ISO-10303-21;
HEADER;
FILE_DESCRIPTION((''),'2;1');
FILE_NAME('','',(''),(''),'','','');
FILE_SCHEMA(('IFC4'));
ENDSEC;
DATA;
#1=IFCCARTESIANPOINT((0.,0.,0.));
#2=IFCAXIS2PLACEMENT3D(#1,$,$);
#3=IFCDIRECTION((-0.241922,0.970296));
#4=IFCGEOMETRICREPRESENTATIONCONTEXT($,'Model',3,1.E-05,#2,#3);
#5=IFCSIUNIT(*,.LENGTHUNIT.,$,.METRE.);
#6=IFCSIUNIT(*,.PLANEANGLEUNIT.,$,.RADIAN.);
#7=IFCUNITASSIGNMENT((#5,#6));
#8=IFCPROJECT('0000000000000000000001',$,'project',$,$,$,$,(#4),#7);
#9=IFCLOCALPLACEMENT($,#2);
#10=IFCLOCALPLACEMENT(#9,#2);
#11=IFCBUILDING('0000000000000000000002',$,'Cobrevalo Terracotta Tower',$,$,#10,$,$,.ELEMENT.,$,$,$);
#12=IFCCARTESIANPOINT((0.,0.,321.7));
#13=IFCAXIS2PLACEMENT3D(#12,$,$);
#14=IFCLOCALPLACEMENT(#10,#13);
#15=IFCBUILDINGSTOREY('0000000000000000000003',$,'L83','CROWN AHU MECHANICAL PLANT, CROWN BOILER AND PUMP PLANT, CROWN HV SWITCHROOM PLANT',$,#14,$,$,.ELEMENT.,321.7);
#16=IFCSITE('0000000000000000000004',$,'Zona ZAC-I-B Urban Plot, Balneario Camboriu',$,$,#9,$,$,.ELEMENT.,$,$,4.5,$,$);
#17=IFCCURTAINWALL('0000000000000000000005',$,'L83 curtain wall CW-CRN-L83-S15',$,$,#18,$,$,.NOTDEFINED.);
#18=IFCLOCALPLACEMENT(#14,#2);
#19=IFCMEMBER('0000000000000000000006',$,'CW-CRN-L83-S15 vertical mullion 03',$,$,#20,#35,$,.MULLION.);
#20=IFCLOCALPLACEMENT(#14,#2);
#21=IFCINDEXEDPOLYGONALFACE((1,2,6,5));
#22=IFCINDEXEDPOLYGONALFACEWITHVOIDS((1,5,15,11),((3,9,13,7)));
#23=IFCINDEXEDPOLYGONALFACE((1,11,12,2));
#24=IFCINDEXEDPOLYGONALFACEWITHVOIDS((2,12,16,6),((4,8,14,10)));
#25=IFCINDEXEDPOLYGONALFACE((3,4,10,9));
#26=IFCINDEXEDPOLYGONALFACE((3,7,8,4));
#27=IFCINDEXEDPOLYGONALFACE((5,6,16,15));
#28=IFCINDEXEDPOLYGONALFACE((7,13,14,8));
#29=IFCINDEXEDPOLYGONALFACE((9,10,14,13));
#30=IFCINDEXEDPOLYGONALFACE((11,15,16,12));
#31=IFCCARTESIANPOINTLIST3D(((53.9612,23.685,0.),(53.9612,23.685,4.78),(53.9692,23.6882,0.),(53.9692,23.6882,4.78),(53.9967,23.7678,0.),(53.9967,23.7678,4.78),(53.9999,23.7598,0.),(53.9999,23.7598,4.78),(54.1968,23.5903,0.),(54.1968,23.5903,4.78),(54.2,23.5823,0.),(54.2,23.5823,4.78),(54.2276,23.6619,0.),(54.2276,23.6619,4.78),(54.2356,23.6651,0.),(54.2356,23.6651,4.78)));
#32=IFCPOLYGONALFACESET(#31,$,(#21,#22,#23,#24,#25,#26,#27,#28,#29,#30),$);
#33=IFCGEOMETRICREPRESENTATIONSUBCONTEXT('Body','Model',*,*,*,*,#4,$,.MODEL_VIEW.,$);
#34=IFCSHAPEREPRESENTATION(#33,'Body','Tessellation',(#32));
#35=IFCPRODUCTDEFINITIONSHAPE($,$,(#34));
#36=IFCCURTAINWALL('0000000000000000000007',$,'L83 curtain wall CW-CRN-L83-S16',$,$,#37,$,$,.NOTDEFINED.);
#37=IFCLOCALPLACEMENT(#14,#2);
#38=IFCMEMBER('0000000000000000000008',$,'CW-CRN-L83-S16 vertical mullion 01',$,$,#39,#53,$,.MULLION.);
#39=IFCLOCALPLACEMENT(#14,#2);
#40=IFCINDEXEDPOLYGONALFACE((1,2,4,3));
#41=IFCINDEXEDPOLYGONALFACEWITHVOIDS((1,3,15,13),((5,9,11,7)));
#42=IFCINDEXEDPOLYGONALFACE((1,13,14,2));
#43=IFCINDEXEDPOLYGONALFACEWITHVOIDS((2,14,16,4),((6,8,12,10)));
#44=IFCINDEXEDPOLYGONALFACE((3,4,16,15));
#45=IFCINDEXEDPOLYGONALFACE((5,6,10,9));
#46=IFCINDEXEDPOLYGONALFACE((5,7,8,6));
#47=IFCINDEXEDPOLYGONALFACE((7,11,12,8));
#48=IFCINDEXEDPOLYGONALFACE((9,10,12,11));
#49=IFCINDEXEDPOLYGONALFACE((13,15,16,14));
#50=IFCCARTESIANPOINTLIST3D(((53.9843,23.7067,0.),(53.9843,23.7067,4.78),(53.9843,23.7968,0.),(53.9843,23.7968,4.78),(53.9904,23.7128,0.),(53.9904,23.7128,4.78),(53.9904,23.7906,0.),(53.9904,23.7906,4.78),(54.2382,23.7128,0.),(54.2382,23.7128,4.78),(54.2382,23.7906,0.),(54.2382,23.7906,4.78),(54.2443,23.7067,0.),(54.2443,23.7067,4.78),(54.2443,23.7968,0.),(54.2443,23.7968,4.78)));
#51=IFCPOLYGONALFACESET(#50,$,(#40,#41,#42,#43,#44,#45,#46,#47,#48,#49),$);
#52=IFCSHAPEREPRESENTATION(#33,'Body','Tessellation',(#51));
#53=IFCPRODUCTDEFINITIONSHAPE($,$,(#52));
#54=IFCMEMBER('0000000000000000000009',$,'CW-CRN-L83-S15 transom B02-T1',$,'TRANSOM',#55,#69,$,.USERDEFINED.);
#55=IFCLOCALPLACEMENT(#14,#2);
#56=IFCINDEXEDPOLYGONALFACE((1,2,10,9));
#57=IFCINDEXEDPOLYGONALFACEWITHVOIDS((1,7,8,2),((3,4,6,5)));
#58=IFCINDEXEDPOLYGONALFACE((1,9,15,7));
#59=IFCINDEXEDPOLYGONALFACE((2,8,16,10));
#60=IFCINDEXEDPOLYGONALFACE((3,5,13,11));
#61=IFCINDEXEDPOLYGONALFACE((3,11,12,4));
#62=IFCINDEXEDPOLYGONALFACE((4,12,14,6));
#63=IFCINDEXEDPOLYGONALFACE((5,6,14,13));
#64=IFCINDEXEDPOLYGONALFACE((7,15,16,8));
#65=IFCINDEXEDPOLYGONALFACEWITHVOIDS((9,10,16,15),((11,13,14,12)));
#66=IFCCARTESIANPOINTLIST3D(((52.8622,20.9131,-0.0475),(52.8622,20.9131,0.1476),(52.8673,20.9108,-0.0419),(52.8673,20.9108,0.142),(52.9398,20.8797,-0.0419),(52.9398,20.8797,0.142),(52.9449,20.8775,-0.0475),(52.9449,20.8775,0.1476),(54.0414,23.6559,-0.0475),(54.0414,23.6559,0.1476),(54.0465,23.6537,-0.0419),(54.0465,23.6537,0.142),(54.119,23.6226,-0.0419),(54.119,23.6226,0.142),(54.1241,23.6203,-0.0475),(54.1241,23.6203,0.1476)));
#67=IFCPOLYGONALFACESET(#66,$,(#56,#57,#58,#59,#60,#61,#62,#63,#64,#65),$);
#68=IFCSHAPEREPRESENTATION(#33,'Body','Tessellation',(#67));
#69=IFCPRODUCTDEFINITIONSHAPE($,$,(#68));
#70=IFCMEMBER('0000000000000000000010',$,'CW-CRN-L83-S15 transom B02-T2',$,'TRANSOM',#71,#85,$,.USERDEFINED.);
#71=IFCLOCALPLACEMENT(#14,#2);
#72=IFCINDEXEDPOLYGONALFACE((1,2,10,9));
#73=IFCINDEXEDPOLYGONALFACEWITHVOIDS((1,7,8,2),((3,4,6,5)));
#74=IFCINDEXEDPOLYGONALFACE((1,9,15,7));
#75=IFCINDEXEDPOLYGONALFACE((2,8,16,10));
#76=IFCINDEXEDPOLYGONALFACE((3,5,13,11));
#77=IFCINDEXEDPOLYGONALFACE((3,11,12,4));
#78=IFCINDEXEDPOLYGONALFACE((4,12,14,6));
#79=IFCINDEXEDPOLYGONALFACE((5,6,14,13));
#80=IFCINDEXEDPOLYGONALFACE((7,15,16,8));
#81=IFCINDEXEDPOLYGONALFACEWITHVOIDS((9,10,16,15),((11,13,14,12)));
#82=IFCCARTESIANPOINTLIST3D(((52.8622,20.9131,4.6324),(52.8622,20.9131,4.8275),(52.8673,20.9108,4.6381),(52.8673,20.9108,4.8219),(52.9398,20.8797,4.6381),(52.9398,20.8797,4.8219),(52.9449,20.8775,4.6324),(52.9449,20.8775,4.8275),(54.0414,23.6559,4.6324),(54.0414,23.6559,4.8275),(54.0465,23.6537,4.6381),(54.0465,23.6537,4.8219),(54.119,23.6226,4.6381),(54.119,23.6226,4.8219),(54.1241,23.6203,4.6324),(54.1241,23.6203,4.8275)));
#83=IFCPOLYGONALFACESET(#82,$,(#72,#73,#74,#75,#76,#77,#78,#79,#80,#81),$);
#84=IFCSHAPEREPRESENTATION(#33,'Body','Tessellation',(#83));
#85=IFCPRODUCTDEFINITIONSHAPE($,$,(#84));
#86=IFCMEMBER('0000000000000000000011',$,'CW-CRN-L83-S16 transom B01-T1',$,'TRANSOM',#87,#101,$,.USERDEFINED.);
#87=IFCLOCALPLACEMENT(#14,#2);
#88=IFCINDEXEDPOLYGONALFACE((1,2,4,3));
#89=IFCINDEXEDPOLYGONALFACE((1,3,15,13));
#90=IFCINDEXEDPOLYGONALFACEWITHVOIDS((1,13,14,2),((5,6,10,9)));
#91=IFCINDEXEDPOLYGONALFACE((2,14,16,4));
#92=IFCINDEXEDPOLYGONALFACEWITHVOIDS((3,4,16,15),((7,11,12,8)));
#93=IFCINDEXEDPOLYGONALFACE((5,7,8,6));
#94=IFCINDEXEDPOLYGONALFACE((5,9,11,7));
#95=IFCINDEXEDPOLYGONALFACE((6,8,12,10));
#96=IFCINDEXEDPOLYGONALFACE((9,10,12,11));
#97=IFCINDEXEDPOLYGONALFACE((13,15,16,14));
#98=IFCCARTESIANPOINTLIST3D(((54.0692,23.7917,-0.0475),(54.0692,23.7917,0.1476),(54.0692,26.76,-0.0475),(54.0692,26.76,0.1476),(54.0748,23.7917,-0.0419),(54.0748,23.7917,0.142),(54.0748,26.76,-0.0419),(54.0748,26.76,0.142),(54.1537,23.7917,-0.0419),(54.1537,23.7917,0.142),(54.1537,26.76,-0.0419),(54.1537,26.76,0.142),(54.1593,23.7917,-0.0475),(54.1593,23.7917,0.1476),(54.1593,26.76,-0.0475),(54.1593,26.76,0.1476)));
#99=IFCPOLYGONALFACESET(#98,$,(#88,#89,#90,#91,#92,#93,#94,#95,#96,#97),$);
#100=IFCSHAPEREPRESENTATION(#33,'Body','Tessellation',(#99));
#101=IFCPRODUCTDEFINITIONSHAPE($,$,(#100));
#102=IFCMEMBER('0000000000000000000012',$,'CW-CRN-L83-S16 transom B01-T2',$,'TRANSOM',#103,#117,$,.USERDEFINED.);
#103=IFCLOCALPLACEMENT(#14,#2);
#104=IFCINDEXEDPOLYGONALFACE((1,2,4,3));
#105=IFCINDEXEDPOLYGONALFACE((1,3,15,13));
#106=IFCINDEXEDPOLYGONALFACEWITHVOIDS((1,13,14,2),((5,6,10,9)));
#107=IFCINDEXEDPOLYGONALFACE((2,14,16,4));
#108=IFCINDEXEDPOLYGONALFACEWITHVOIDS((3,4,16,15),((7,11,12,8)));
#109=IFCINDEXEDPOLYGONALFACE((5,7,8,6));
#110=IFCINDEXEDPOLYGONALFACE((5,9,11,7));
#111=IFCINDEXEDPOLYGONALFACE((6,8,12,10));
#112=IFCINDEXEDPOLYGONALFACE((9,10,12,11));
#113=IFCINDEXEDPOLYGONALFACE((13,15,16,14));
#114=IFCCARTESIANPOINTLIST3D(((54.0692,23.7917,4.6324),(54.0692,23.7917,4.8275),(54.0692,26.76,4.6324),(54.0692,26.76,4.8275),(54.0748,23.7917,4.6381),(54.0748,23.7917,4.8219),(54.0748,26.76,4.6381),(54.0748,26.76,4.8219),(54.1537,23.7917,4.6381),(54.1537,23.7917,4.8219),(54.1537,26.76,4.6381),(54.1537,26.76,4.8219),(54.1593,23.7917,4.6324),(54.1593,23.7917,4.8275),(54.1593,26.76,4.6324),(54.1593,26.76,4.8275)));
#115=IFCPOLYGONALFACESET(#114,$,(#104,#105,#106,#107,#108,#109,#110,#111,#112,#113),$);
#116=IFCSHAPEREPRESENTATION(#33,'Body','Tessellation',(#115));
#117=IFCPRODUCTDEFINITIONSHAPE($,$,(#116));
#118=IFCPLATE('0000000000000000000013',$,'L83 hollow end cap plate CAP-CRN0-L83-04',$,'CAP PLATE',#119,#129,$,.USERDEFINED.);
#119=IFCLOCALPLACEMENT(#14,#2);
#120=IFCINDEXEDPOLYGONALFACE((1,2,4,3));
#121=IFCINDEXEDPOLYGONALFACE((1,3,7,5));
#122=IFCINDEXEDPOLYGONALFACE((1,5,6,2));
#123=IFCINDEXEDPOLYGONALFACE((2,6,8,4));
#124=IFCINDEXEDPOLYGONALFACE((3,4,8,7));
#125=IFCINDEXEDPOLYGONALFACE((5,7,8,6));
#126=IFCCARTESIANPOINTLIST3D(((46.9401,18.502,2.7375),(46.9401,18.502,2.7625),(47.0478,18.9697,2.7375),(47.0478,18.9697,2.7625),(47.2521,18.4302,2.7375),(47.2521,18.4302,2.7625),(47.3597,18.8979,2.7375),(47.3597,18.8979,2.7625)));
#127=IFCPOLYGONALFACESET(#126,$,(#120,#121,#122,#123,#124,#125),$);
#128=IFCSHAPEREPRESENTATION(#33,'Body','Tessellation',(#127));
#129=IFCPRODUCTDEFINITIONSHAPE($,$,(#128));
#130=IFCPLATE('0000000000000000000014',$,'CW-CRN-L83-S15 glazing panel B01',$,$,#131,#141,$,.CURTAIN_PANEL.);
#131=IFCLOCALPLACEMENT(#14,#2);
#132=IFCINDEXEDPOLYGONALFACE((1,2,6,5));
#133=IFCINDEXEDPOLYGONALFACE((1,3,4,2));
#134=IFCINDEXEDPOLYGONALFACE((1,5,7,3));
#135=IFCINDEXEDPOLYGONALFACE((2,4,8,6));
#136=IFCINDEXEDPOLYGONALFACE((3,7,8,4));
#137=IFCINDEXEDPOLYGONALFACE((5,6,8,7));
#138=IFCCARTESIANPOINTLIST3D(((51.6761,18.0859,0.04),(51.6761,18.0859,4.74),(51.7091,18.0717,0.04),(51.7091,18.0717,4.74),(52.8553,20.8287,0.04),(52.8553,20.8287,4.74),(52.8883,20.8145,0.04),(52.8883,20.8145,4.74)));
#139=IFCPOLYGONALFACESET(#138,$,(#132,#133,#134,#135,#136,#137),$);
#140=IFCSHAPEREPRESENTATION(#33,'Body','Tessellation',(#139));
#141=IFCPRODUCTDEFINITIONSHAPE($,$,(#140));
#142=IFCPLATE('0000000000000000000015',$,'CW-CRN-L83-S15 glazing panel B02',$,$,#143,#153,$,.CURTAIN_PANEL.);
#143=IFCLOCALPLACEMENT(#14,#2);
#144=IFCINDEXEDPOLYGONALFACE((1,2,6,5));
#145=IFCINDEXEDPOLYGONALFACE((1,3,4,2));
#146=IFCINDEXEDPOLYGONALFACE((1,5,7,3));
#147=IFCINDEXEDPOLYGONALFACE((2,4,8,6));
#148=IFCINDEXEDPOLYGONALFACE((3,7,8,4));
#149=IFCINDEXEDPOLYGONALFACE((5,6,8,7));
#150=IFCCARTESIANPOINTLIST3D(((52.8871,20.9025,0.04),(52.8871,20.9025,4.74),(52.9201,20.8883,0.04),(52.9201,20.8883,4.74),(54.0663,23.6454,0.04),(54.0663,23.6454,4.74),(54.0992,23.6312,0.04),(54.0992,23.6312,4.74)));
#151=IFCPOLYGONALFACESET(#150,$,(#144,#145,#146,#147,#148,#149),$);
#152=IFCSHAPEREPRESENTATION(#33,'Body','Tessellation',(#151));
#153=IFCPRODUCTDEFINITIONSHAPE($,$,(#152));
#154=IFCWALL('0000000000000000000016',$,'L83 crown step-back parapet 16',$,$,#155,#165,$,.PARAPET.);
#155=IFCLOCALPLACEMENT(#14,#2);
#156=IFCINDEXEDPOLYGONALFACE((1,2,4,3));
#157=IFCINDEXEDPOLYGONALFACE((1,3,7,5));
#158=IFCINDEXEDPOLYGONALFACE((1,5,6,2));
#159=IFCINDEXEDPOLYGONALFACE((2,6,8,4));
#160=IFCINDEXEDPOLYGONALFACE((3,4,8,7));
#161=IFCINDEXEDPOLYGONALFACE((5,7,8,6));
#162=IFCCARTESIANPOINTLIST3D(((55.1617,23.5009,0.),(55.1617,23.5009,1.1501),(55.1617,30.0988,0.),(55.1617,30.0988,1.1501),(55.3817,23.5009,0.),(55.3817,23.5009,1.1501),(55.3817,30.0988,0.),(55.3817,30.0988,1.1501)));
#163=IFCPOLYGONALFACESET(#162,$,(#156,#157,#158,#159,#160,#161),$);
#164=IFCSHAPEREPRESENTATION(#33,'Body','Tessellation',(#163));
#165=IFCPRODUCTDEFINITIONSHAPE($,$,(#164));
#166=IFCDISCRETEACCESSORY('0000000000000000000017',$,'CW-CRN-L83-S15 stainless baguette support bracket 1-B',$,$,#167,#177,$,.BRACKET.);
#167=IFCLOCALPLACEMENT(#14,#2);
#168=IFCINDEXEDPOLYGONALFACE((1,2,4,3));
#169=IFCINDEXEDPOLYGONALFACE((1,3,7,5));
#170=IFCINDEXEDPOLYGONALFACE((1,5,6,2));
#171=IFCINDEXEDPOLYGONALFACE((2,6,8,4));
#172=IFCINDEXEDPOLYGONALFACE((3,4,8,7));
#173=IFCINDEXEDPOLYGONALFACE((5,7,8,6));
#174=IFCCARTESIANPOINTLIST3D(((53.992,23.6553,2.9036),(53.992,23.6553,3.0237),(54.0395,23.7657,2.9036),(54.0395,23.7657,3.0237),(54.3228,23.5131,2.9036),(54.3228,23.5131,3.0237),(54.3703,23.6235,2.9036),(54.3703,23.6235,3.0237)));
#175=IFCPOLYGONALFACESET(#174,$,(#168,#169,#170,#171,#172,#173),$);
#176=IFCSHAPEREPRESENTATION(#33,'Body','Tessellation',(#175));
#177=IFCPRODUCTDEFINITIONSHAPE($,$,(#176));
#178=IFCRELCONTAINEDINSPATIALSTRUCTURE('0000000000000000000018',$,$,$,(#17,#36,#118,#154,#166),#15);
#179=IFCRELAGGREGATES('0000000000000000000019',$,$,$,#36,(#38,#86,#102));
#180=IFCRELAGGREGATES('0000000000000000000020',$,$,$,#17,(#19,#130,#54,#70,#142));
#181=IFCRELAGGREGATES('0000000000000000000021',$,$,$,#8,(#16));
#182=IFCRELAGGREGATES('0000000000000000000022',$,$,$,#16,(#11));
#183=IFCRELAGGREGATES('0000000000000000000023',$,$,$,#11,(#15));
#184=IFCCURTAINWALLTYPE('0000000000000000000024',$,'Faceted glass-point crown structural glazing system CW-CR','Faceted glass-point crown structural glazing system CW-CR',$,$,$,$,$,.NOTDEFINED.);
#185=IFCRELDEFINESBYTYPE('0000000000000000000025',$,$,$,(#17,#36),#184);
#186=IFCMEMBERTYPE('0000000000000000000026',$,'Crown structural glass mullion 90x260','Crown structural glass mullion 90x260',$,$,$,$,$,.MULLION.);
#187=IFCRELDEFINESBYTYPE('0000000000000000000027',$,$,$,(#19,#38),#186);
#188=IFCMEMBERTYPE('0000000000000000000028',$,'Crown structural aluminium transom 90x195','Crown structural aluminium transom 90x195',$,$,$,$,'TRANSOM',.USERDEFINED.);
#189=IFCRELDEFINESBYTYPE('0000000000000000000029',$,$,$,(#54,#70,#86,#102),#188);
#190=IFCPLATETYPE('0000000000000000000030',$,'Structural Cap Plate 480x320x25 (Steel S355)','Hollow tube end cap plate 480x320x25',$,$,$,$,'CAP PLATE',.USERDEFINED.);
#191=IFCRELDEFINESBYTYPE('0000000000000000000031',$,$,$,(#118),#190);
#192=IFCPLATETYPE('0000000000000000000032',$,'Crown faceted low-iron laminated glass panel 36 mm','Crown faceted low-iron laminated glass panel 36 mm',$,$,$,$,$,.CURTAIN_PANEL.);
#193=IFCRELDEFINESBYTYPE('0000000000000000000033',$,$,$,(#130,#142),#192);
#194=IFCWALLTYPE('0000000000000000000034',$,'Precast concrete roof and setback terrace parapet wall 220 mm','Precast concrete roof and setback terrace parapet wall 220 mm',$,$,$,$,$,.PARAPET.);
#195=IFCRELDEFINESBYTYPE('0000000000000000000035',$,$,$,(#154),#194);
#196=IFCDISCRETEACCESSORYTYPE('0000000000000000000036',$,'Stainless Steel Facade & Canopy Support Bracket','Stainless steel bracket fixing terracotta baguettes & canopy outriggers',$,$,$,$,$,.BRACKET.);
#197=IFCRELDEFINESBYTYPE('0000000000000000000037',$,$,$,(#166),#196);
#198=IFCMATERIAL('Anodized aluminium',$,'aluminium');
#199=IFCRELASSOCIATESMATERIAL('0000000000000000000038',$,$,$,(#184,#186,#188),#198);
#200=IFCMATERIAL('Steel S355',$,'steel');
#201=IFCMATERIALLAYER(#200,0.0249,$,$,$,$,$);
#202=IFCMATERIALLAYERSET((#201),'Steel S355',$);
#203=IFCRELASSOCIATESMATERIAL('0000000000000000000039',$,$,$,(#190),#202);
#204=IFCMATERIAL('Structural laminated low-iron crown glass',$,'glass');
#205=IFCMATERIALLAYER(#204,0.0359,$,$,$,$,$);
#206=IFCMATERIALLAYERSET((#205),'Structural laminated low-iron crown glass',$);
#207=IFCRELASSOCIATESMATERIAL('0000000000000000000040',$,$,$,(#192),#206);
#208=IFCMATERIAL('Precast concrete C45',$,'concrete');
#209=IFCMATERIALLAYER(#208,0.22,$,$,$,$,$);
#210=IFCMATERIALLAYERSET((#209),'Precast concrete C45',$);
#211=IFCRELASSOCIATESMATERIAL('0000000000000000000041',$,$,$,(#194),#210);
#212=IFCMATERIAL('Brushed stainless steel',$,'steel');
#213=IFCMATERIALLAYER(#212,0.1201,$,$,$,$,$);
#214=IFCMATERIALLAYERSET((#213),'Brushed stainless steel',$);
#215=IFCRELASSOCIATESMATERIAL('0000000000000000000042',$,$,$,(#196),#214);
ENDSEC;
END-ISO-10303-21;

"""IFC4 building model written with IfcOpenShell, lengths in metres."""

from ifc_helpers import new_model, si_unit, direction, frame, frame_2d, origin, origin_2d, place, context, subcontext, project, spatial, rectangle, hollow_rectangle, extrude, source, transform, mapped, material, layer, layer_set, material_profile, profile_set, type_object, element, aggregate, save


model = new_model("IFC4")

# Units and contexts
model_context = context("Model", 3, precision=1e-05, world=origin(), true_north=direction((-0.241922, 0.970296)))
body_context = subcontext(model_context, "Body", "Model", "MODEL_VIEW")
ifc_project = project(units=[si_unit("LENGTHUNIT", "METRE"), si_unit("PLANEANGLEUNIT", "RADIAN")], contexts=[model_context])

# Site, building, storey
site_placement = place(None, origin())
site = spatial("IfcSite", under=ifc_project, at=site_placement, Name="Zona ZAC-I-B Urban Plot, Balneario Camboriu", CompositionType="ELEMENT", RefElevation=4.5)
building_placement = place(site_placement, origin())
building = spatial("IfcBuilding", under=site, at=building_placement, Name="Cobrevalo Terracotta Tower", CompositionType="ELEMENT")
storey_placement = place(building_placement, frame((0.0, 0.0, 321.7)))
storey = spatial("IfcBuildingStorey", under=building, at=storey_placement, Name="L83", Description="CROWN AHU MECHANICAL PLANT, CROWN BOILER AND PUMP PLANT, CROWN HV SWITCHROOM PLANT", CompositionType="ELEMENT", Elevation=321.7)

# Shared definitions
ifc_material_1 = material(Name="Steel S355", Category="steel")

# Curtain wall, member
ifc_material_2 = material(Name="Anodized aluminium", Category="aluminium")
curtain_wall_type = type_object("IfcCurtainWallType", Name="Faceted glass-point crown structural glazing system CW-CR", Description="Faceted glass-point crown structural glazing system CW-CR", PredefinedType="NOTDEFINED", material=ifc_material_2)
curtain_wall_1_placement = place(storey_placement, origin())
curtain_wall_1 = element("IfcCurtainWall", 1, at=curtain_wall_1_placement, inside=storey, type_object=curtain_wall_type, Name="L83 curtain wall CW-CRN-L83-S15", PredefinedType="NOTDEFINED")
ifc_material_profile_1 = material_profile(ifc_material_2, hollow_rectangle(XDim=0.0901, YDim=0.26, WallThickness=0.0061, at=origin_2d()), Name="CWM 90x260")
ifc_profile_set_1 = profile_set([ifc_material_profile_1], Name="Anodized aluminium")
member_type_1 = type_object("IfcMemberType", Name="Crown structural glass mullion 90x260", Description="Crown structural glass mullion 90x260", PredefinedType="MULLION", material=ifc_profile_set_1)
shared_shape_1 = source(origin(), body_context, "Body", "SweptSolid", [
    extrude(hollow_rectangle(XDim=0.0901, YDim=0.26, WallThickness=0.0061, at=origin_2d()), origin(), (0.0, 0.0, 1.0), 4.78),
])
member_1_placement = place(storey_placement, frame((54.0984, 23.675, 0.0), z_axis=(0.0, 0.0, 1.0), x_axis=(0.394968, 0.918695, 0.0)))
member_1 = element("IfcMember", 2, at=member_1_placement, type_object=member_type_1, Name="CW-CRN-L83-S15 vertical mullion 03", PredefinedType="MULLION", context=body_context, shape_type="MappedRepresentation", body=[
    mapped(shared_shape_1, transform((0.0, 0.0, 0.0), scale=1.0)),
])

# Curtain wall, member
curtain_wall_2_placement = place(storey_placement, origin())
curtain_wall_2 = element("IfcCurtainWall", 3, at=curtain_wall_2_placement, inside=storey, type_object=curtain_wall_type, Name="L83 curtain wall CW-CRN-L83-S16", PredefinedType="NOTDEFINED")
member_2_placement = place(storey_placement, frame((54.1143, 23.7517, 0.0), z_axis=(0.0, 0.0, 1.0), x_axis=(0.0, 1.0, 0.0)))
member_2 = element("IfcMember", 4, at=member_2_placement, type_object=member_type_1, Name="CW-CRN-L83-S16 vertical mullion 01", PredefinedType="MULLION", context=body_context, shape_type="MappedRepresentation", body=[
    mapped(shared_shape_1, transform((0.0, 0.0, 0.0), scale=1.0)),
])

# Members
ifc_material_profile_2 = material_profile(ifc_material_2, hollow_rectangle(XDim=0.0901, YDim=0.1951, WallThickness=0.0056, at=origin_2d()), Name="CWT 90x195")
ifc_profile_set_2 = profile_set([ifc_material_profile_2], Name="Anodized aluminium")
member_type_2 = type_object("IfcMemberType", Name="Crown structural aluminium transom 90x195", Description="Crown structural aluminium transom 90x195", ElementType="TRANSOM", PredefinedType="USERDEFINED", material=ifc_profile_set_2)
shared_shape_2 = source(origin(), body_context, "Body", "SweptSolid", [
    extrude(hollow_rectangle(XDim=0.0901, YDim=0.1951, WallThickness=0.0056, at=origin_2d()), origin(), (0.0, 0.0, 1.0), 2.9856),
])
member_3_placement = place(storey_placement, frame((52.9036, 20.8953, 0.05), z_axis=(0.394955, 0.9187, 0.0), x_axis=(-0.9187, 0.394955, 0.0)))
member_3 = element("IfcMember", 5, at=member_3_placement, type_object=member_type_2, Name="CW-CRN-L83-S15 transom B02-T1", ObjectType="TRANSOM", PredefinedType="USERDEFINED", context=body_context, shape_type="MappedRepresentation", body=[
    mapped(shared_shape_2, transform((0.0, 0.0, 0.0), scale=1.0)),
])
member_4_placement = place(storey_placement, frame((52.9036, 20.8953, 4.73), z_axis=(0.394955, 0.9187, 0.0), x_axis=(-0.9187, 0.394955, 0.0)))
member_4 = element("IfcMember", 6, at=member_4_placement, type_object=member_type_2, Name="CW-CRN-L83-S15 transom B02-T2", ObjectType="TRANSOM", PredefinedType="USERDEFINED", context=body_context, shape_type="MappedRepresentation", body=[
    mapped(shared_shape_2, transform((0.0, 0.0, 0.0), scale=1.0)),
])
shared_shape_3 = source(origin(), body_context, "Body", "SweptSolid", [
    extrude(hollow_rectangle(XDim=0.0901, YDim=0.1951, WallThickness=0.0056, at=origin_2d()), origin(), (0.0, 0.0, 1.0), 2.9683),
])
member_5_placement = place(storey_placement, frame((54.1143, 23.7917, 0.05), z_axis=(0.0, 1.0, 0.0), x_axis=(-1.0, 0.0, 0.0)))
member_5 = element("IfcMember", 7, at=member_5_placement, type_object=member_type_2, Name="CW-CRN-L83-S16 transom B01-T1", ObjectType="TRANSOM", PredefinedType="USERDEFINED", context=body_context, shape_type="MappedRepresentation", body=[
    mapped(shared_shape_3, transform((0.0, 0.0, 0.0), scale=1.0)),
])
member_6_placement = place(storey_placement, frame((54.1143, 23.7917, 4.73), z_axis=(0.0, 1.0, 0.0), x_axis=(-1.0, 0.0, 0.0)))
member_6 = element("IfcMember", 8, at=member_6_placement, type_object=member_type_2, Name="CW-CRN-L83-S16 transom B01-T2", ObjectType="TRANSOM", PredefinedType="USERDEFINED", context=body_context, shape_type="MappedRepresentation", body=[
    mapped(shared_shape_3, transform((0.0, 0.0, 0.0), scale=1.0)),
])
aggregate(curtain_wall_2, [member_2, member_5, member_6])

# Plates
ifc_layer_1 = layer(ifc_material_1, 0.0249)
ifc_layer_set_1 = layer_set([ifc_layer_1], Name="Steel S355")
plate_type_1 = type_object("IfcPlateType", Name="Structural Cap Plate 480x320x25 (Steel S355)", Description="Hollow tube end cap plate 480x320x25", ElementType="CAP PLATE", PredefinedType="USERDEFINED", material=ifc_layer_set_1)
shared_shape_4 = source(origin(), body_context, "Body", "SweptSolid", [
    extrude(rectangle(XDim=0.48, YDim=0.3201, at=origin_2d()), origin(), (0.0, 0.0, 1.0), 0.0249),
])
plate_1_placement = place(storey_placement, frame((47.1499, 18.7, 2.7375), z_axis=(0.0, 0.0, 1.0), x_axis=(-0.224221, -0.974538, 0.0)))
element("IfcPlate", 9, at=plate_1_placement, inside=storey, type_object=plate_type_1, Name="L83 hollow end cap plate CAP-CRN0-L83-04", ObjectType="CAP PLATE", PredefinedType="USERDEFINED", context=body_context, shape_type="MappedRepresentation", body=[
    mapped(shared_shape_4, transform((0.0, 0.0, 0.0), scale=1.0)),
])
ifc_material_3 = material(Name="Structural laminated low-iron crown glass", Category="glass")
ifc_layer_2 = layer(ifc_material_3, 0.0359)
ifc_layer_set_2 = layer_set([ifc_layer_2], Name="Structural laminated low-iron crown glass")
plate_type_2 = type_object("IfcPlateType", Name="Crown faceted low-iron laminated glass panel 36 mm", Description="Crown faceted low-iron laminated glass panel 36 mm", PredefinedType="CURTAIN_PANEL", material=ifc_layer_set_2)
shared_shape_5 = source(origin(), body_context, "Body", "SweptSolid", [
    extrude(rectangle(XDim=2.9856, YDim=0.0359, at=origin_2d()), origin(), (0.0, 0.0, 1.0), 4.7),
])
plate_2_placement = place(storey_placement, frame((52.2822, 19.4502, 0.04), z_axis=(0.0, 0.0, 1.0), x_axis=(0.39496, 0.918698, 0.0)))
plate_2 = element("IfcPlate", 10, at=plate_2_placement, type_object=plate_type_2, Name="CW-CRN-L83-S15 glazing panel B01", PredefinedType="CURTAIN_PANEL", context=body_context, shape_type="MappedRepresentation", body=[
    mapped(shared_shape_5, transform((0.0, 0.0, 0.0), scale=1.0)),
])
plate_3_placement = place(storey_placement, frame((53.4932, 22.2668, 0.04), z_axis=(0.0, 0.0, 1.0), x_axis=(0.39496, 0.918698, 0.0)))
plate_3 = element("IfcPlate", 11, at=plate_3_placement, type_object=plate_type_2, Name="CW-CRN-L83-S15 glazing panel B02", PredefinedType="CURTAIN_PANEL", context=body_context, shape_type="MappedRepresentation", body=[
    mapped(shared_shape_5, transform((0.0, 0.0, 0.0), scale=1.0)),
])
aggregate(curtain_wall_1, [member_1, plate_2, member_3, member_4, plate_3])

# Wall
ifc_material_4 = material(Name="Precast concrete C45", Category="concrete")
ifc_layer_3 = layer(ifc_material_4, 0.22)
ifc_layer_set_3 = layer_set([ifc_layer_3], Name="Precast concrete C45")
wall_type = type_object("IfcWallType", Name="Precast concrete roof and setback terrace parapet wall 220 mm", Description="Precast concrete roof and setback terrace parapet wall 220 mm", PredefinedType="PARAPET", material=ifc_layer_set_3)
wall_placement = place(storey_placement, frame((55.2717, 23.501, 0.0), z_axis=(0.0, 0.0, 1.0), x_axis=(0.0, 1.0, 0.0)))
element("IfcWall", 12, at=wall_placement, inside=storey, type_object=wall_type, Name="L83 crown step-back parapet 16", PredefinedType="PARAPET", context=body_context, shape_type="SweptSolid", body=[
    extrude(rectangle(XDim=6.5979, YDim=0.22, at=frame_2d((3.2988, 0.0))), origin(), (0.0, 0.0, 1.0), 1.1501),
])

# Discrete accessory
ifc_material_5 = material(Name="Brushed stainless steel", Category="steel")
ifc_layer_4 = layer(ifc_material_5, 0.1201)
ifc_layer_set_4 = layer_set([ifc_layer_4], Name="Brushed stainless steel")
discrete_accessory_type = type_object("IfcDiscreteAccessoryType", Name="Stainless Steel Facade & Canopy Support Bracket", Description="Stainless steel bracket fixing terracotta baguettes & canopy outriggers", PredefinedType="BRACKET", material=ifc_layer_set_4)
shared_shape_6 = source(origin(), body_context, "Body", "SweptSolid", [
    extrude(rectangle(XDim=0.1201, YDim=0.3601, at=origin_2d()), origin(), (0.0, 0.0, 1.0), 0.1201),
])
for number, where, z_axis, x_axis, name in (
    (13, (54.1812, 23.6394, 2.9036), (0.0, 0.0, 1.0), (0.39496, 0.918698, 0.0), "CW-CRN-L83-S15 stainless baguette support bracket 1-B"),
):
    element("IfcDiscreteAccessory", number, at=place(storey_placement, frame(where, z_axis=z_axis, x_axis=x_axis)), inside=storey, type_object=discrete_accessory_type, Name=name, PredefinedType="BRACKET", context=body_context, shape_type="MappedRepresentation", body=[
        mapped(shared_shape_6, transform((0.0, 0.0, 0.0), scale=1.0)),
    ])

save(model, "model.ifc")
